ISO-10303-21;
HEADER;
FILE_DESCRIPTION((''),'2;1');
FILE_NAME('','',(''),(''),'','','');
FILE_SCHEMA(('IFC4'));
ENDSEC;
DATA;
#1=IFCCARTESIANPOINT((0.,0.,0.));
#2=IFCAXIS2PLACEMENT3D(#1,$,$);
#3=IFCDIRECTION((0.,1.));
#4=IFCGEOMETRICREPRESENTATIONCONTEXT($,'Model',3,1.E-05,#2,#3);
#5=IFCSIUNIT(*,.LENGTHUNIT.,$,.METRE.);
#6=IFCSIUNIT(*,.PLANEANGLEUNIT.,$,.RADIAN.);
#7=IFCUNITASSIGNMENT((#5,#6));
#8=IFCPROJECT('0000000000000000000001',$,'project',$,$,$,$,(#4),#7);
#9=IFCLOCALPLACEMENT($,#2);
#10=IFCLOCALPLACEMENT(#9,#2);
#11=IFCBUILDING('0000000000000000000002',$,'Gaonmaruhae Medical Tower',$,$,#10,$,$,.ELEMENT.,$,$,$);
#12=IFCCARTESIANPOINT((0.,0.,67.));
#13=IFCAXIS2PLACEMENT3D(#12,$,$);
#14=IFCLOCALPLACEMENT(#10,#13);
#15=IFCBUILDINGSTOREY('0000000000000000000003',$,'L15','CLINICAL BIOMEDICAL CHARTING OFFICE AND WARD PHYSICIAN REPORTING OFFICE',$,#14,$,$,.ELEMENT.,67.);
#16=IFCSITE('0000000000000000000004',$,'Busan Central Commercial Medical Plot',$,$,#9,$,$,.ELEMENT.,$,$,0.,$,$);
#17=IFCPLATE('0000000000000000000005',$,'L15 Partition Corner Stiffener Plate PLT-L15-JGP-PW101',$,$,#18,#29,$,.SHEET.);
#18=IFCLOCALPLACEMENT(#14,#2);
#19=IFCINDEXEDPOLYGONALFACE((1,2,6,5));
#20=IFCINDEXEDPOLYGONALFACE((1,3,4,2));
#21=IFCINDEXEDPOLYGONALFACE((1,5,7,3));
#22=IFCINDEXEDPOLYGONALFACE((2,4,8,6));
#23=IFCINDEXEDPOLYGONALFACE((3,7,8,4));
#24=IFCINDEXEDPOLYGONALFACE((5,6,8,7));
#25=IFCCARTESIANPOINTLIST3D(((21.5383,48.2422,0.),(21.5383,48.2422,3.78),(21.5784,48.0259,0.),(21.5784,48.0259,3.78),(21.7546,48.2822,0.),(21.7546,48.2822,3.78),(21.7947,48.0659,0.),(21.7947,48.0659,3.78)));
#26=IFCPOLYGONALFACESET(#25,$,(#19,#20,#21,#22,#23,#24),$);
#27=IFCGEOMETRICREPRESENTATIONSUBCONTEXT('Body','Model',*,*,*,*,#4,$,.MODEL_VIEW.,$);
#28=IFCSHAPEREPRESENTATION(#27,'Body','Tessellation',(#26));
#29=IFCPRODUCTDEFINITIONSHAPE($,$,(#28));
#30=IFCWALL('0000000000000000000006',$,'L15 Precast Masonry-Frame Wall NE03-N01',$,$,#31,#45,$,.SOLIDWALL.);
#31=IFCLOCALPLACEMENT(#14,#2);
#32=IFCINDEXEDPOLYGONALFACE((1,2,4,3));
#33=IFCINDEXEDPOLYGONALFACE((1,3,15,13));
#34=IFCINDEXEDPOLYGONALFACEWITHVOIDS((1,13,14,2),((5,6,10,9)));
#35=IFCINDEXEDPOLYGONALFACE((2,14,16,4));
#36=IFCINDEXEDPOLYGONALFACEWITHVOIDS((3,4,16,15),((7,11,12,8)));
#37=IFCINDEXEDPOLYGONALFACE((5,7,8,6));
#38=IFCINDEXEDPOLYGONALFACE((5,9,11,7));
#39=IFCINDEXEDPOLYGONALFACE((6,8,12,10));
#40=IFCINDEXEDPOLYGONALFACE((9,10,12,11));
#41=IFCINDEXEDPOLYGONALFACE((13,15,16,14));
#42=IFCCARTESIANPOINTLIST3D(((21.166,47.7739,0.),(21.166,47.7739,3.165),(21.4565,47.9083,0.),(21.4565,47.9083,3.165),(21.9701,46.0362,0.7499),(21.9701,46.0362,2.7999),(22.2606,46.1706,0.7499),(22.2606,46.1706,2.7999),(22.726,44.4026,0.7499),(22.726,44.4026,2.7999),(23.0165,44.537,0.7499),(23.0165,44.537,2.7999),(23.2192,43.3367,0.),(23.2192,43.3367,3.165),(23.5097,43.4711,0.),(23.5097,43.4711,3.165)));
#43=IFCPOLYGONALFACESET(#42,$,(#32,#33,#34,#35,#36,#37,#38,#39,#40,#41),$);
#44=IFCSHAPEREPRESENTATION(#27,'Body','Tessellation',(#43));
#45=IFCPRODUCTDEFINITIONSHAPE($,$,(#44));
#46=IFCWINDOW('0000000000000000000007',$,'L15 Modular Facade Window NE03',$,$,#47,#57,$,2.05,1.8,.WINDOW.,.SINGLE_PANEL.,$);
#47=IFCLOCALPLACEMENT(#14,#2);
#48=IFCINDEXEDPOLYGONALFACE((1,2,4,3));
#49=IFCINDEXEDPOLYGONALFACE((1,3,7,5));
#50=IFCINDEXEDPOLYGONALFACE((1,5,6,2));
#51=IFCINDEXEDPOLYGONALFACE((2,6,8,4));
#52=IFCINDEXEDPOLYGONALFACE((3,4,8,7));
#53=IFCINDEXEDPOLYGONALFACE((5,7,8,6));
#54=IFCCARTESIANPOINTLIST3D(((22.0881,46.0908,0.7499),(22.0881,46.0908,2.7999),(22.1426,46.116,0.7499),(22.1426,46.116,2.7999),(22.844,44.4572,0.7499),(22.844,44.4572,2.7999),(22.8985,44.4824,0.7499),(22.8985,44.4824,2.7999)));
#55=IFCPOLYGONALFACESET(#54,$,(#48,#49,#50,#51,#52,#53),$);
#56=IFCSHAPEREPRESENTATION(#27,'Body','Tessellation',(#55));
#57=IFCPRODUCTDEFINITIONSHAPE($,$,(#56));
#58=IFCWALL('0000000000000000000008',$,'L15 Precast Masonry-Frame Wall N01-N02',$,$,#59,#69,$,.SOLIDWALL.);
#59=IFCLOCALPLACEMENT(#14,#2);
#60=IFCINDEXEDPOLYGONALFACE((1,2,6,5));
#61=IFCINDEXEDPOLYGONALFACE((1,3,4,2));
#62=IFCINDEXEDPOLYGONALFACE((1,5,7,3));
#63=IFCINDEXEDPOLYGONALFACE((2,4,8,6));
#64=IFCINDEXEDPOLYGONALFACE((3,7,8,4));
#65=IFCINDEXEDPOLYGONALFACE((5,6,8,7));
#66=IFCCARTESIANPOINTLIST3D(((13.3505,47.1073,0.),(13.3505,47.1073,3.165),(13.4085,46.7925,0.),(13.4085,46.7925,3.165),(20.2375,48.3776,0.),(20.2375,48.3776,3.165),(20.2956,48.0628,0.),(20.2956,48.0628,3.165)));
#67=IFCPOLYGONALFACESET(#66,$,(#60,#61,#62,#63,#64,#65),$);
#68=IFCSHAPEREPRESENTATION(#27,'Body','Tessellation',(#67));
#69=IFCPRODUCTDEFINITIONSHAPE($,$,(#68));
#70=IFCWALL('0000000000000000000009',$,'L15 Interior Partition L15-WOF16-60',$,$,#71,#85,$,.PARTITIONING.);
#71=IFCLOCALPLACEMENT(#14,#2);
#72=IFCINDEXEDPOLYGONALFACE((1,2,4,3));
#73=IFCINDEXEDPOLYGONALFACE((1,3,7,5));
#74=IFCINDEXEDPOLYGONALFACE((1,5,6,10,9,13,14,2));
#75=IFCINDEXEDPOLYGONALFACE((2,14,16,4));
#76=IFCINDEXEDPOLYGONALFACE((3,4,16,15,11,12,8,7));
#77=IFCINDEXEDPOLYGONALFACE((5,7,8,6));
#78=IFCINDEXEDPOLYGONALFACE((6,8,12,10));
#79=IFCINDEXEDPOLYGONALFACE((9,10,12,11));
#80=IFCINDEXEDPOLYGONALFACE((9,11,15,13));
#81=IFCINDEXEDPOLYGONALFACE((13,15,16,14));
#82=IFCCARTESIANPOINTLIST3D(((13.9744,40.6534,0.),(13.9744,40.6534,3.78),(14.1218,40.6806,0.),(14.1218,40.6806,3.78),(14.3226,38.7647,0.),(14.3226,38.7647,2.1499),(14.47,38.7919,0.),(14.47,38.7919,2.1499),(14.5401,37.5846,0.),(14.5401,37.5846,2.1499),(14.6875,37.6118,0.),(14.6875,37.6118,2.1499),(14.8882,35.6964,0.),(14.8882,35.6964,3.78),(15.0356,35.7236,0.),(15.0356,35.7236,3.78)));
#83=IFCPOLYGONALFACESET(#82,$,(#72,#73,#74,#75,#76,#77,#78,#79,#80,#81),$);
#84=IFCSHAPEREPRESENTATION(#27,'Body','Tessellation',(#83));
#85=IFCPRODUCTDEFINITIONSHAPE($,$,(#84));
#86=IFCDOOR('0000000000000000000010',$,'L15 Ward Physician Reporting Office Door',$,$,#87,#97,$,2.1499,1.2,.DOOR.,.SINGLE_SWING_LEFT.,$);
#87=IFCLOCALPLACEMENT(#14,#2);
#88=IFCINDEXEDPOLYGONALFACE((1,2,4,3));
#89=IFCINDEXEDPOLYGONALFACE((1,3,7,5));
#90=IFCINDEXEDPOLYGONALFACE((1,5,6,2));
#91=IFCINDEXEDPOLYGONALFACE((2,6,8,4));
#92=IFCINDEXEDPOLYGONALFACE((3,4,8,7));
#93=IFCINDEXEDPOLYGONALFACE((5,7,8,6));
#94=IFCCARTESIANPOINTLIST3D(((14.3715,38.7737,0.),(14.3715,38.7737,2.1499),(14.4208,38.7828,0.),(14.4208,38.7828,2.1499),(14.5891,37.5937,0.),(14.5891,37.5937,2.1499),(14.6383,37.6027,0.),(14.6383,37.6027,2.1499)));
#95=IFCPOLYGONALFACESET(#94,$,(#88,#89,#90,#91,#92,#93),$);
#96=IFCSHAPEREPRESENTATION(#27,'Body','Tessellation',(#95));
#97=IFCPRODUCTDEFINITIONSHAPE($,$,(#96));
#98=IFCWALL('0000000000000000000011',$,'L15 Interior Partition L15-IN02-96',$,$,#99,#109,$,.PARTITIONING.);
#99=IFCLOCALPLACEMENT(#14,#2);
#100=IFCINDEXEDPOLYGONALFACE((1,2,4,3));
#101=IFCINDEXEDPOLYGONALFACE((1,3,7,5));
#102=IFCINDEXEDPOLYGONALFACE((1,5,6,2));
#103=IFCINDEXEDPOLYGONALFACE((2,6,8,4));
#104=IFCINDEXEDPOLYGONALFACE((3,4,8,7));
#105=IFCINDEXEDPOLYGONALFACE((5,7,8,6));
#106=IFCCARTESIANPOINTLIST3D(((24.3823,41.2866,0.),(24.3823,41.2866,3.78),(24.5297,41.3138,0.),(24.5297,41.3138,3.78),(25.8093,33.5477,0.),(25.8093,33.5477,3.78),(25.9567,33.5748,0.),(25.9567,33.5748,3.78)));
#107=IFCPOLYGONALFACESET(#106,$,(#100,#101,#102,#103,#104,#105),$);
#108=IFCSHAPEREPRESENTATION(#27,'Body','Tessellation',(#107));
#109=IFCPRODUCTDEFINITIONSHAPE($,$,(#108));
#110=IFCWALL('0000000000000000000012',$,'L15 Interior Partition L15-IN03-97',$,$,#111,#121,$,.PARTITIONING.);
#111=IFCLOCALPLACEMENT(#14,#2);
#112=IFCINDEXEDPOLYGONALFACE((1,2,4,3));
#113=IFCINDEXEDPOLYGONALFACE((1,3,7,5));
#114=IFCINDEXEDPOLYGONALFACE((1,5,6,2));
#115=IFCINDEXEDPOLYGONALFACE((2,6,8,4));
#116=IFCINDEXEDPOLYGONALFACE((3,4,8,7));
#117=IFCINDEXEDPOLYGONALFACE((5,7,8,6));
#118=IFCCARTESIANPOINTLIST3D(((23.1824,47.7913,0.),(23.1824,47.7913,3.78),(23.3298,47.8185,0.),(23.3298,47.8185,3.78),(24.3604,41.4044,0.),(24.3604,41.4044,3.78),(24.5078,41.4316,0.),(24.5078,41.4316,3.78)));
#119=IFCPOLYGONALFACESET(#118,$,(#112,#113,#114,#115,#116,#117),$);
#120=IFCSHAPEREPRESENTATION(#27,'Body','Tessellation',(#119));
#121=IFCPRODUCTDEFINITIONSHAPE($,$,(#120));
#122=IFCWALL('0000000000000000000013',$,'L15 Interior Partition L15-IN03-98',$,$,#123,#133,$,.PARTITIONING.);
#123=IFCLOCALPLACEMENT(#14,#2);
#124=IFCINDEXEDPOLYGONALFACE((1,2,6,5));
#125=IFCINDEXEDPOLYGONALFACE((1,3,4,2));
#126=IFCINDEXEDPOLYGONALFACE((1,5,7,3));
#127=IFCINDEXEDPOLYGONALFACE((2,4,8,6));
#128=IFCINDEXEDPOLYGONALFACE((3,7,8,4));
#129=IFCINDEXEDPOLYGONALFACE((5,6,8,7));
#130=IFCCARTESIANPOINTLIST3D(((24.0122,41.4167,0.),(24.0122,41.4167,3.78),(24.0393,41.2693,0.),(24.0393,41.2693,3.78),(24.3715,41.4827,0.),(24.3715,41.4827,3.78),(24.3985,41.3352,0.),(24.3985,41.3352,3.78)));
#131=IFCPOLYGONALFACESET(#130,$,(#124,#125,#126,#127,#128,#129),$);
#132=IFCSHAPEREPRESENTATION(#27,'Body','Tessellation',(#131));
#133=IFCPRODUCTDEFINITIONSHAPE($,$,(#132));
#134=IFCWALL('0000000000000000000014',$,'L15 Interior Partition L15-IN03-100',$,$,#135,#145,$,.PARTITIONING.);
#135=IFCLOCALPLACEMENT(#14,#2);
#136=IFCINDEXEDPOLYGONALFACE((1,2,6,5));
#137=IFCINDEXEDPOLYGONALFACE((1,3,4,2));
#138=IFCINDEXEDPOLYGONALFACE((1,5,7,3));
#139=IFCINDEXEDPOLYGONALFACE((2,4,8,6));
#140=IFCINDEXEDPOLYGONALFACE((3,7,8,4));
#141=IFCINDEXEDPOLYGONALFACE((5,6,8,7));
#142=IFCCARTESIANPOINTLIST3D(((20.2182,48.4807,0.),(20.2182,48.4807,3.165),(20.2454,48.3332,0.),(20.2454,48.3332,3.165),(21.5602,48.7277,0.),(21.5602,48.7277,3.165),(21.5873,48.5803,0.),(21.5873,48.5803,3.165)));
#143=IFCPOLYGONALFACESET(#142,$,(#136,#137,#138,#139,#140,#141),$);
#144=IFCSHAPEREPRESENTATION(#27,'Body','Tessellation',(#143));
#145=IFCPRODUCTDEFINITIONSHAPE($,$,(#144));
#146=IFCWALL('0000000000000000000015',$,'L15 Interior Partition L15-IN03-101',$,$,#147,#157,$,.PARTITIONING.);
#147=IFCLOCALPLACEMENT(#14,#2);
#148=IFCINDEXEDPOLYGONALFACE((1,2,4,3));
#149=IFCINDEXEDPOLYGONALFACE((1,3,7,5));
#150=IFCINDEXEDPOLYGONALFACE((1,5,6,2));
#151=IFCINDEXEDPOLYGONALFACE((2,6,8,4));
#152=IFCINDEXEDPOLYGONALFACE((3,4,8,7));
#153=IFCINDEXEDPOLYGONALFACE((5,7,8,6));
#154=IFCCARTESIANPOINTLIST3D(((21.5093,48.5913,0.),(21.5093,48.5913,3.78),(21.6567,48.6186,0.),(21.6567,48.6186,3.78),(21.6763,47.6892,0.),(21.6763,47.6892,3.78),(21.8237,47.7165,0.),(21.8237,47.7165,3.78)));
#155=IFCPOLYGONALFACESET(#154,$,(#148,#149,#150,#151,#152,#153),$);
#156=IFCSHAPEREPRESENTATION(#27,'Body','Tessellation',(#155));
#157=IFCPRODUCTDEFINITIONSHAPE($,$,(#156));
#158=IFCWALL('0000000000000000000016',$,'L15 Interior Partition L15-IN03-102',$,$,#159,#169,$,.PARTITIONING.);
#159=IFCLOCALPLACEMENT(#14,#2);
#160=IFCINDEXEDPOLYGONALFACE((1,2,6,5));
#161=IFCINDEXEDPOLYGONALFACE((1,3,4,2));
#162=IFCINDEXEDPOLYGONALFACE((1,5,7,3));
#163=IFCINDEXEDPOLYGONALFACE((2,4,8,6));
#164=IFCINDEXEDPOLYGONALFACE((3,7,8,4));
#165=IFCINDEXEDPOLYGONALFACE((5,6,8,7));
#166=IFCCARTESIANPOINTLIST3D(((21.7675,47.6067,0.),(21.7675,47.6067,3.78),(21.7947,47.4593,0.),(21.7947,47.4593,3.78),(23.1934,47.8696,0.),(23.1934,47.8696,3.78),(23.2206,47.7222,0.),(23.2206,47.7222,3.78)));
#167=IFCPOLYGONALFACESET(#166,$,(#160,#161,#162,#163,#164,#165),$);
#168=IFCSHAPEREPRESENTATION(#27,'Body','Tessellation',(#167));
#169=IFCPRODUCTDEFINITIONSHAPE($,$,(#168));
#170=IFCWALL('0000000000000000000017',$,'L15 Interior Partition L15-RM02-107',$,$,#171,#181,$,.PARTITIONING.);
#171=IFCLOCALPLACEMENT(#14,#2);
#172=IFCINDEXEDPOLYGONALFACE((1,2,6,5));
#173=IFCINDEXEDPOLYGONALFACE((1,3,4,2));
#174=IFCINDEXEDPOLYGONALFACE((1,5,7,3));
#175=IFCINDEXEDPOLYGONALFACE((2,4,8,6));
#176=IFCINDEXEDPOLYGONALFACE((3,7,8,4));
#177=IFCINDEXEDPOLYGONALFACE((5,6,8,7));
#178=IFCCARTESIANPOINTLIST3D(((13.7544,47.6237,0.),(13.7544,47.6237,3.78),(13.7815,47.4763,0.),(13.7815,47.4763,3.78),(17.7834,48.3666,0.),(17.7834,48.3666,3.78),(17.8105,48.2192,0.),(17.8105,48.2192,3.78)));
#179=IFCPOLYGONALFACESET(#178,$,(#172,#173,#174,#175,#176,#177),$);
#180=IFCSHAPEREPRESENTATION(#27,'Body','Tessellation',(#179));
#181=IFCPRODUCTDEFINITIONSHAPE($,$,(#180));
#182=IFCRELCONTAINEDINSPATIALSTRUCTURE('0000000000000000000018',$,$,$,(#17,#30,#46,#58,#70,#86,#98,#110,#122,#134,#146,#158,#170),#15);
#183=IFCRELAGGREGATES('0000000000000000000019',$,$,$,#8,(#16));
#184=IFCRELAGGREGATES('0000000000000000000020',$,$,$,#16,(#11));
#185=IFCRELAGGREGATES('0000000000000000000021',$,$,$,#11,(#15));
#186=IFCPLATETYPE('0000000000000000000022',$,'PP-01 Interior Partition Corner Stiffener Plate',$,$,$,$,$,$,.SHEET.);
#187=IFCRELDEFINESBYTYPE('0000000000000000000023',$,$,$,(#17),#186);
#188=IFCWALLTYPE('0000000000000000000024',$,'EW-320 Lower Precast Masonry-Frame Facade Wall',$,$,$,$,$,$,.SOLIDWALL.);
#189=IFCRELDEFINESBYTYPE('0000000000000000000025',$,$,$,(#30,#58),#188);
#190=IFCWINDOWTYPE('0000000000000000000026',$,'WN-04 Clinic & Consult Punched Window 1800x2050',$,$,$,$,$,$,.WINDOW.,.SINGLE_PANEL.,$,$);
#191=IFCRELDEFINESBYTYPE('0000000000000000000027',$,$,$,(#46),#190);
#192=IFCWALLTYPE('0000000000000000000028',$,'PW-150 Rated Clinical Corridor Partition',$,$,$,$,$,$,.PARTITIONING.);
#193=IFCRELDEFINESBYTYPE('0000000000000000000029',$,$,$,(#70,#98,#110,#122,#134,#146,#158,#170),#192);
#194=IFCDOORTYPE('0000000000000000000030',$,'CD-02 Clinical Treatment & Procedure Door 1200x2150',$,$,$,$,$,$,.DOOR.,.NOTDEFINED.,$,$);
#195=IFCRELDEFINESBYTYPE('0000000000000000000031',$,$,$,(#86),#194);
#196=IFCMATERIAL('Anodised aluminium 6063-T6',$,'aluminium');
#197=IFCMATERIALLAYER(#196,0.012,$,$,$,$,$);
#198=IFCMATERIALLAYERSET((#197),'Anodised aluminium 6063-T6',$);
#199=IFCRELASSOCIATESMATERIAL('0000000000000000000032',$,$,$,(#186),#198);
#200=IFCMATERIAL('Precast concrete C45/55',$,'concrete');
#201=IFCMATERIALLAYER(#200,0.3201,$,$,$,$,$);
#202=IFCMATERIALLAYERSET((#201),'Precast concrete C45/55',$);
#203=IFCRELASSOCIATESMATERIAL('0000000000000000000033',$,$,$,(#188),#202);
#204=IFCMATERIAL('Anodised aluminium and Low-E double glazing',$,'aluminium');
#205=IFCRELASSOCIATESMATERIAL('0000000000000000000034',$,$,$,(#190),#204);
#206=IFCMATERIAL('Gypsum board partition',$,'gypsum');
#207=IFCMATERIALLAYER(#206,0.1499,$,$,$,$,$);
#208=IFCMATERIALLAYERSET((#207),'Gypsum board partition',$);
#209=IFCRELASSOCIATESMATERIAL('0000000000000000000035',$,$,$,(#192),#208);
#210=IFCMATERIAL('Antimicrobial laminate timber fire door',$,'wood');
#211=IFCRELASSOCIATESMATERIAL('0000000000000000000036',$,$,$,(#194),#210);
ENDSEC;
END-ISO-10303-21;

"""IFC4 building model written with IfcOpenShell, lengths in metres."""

from ifc_helpers import new_model, si_unit, direction, frame, frame_2d, origin, origin_2d, place, context, subcontext, project, spatial, rectangle, extrude, material, layer, layer_set, type_object, element, fill, save


model = new_model("IFC4")

# Units and contexts
model_context = context("Model", 3, precision=1e-05, world=origin(), true_north=direction((0.0, 1.0)))
body_context = subcontext(model_context, "Body", "Model", "MODEL_VIEW")
ifc_project = project(units=[si_unit("LENGTHUNIT", "METRE"), si_unit("PLANEANGLEUNIT", "RADIAN")], contexts=[model_context])

# Site, building, storey
site_placement = place(None, origin())
site = spatial("IfcSite", under=ifc_project, at=site_placement, Name="Busan Central Commercial Medical Plot", CompositionType="ELEMENT", RefElevation=0.0)
building_placement = place(site_placement, origin())
building = spatial("IfcBuilding", under=site, at=building_placement, Name="Gaonmaruhae Medical Tower", CompositionType="ELEMENT")
storey_placement = place(building_placement, frame((0.0, 0.0, 67.0)))
storey = spatial("IfcBuildingStorey", under=building, at=storey_placement, Name="L15", Description="CLINICAL BIOMEDICAL CHARTING OFFICE AND WARD PHYSICIAN REPORTING OFFICE", CompositionType="ELEMENT", Elevation=67.0)

# Plate
ifc_material_1 = material(Name="Anodised aluminium 6063-T6", Category="aluminium")
ifc_layer_1 = layer(ifc_material_1, 0.012)
ifc_layer_set_1 = layer_set([ifc_layer_1], Name="Anodised aluminium 6063-T6")
plate_type_1 = type_object("IfcPlateType", Name="PP-01 Interior Partition Corner Stiffener Plate", PredefinedType="SHEET", material=ifc_layer_set_1)
for number, where, z_axis, x_axis, name in (
    (1, (21.6665, 48.1541, 0.0), (0.0, 0.0, 1.0), (0.182047, -0.98329, 0.0), "L15 Partition Corner Stiffener Plate PLT-L15-JGP-PW101"),
):
    element("IfcPlate", number, at=place(storey_placement, frame(where, z_axis=z_axis, x_axis=x_axis)), inside=storey, type_object=plate_type_1, Name=name, PredefinedType="SHEET", context=body_context, shape_type="SweptSolid", body=[
        extrude(rectangle(XDim=0.22, YDim=0.22, at=origin_2d()), origin(), (0.0, 0.0, 1.0), 3.78),
    ])

# Wall, opening, window
ifc_material_2 = material(Name="Precast concrete C45/55", Category="concrete")
ifc_layer_2 = layer(ifc_material_2, 0.3201)
ifc_layer_set_2 = layer_set([ifc_layer_2], Name="Precast concrete C45/55")
wall_type_1 = type_object("IfcWallType", Name="EW-320 Lower Precast Masonry-Frame Facade Wall", PredefinedType="SOLIDWALL", material=ifc_layer_set_2)
wall_1_placement = place(storey_placement, frame((21.3113, 47.8411, 0.0), z_axis=(0.0, 0.0, 1.0), x_axis=(0.419945, -0.90755, 0.0)))
wall_1 = element("IfcWall", 2, at=wall_1_placement, inside=storey, type_object=wall_type_1, Name="L15 Precast Masonry-Frame Wall NE03-N01", PredefinedType="SOLIDWALL", context=body_context, shape_type="SweptSolid", body=[
    extrude(rectangle(XDim=4.8892, YDim=0.3201, at=frame_2d((2.4446, 0.0))), origin(), (0.0, 0.0, 1.0), 3.165),
])
opening_1_placement = place(wall_1_placement, frame((1.9148, 0.0, 0.75)))
opening_1 = element("IfcOpeningElement", 3, at=opening_1_placement, cuts=wall_1, PredefinedType="OPENING", context=body_context, shape_type="SweptSolid", body=[
    extrude(rectangle(XDim=1.8, YDim=2.05, at=frame_2d((0.8999, 1.0249))), frame((0.0, 0.1699, 0.0), z_axis=(0.0, -1.0, 0.0), x_axis=(1.0, 0.0, 0.0)), (0.0, 0.0, 1.0), 0.3401),
])
ifc_material_3 = material(Name="Anodised aluminium and Low-E double glazing", Category="aluminium")
window_type = type_object("IfcWindowType", Name="WN-04 Clinic & Consult Punched Window 1800x2050", PartitioningType="SINGLE_PANEL", PredefinedType="WINDOW", material=ifc_material_3)
window_placement = place(opening_1_placement, origin())
window = element("IfcWindow", 4, at=window_placement, inside=storey, type_object=window_type, Name="L15 Modular Facade Window NE03", OverallHeight=2.05, OverallWidth=1.8, PartitioningType="SINGLE_PANEL", PredefinedType="WINDOW", context=body_context, shape_type="SweptSolid", body=[
    extrude(rectangle(XDim=1.8, YDim=2.05, at=frame_2d((0.8999, 1.0249))), frame((0.0, 0.03, 0.0), z_axis=(0.0, -1.0, 0.0), x_axis=(1.0, 0.0, 0.0)), (0.0, 0.0, 1.0), 0.0601),
])
fill(opening_1, window)

# Wall
wall_2_placement = place(storey_placement, frame((13.3796, 46.95, 0.0), z_axis=(0.0, 0.0, 1.0), x_axis=(0.983412, 0.181385, 0.0)))
element("IfcWall", 5, at=wall_2_placement, inside=storey, type_object=wall_type_1, Name="L15 Precast Masonry-Frame Wall N01-N02", PredefinedType="SOLIDWALL", context=body_context, shape_type="SweptSolid", body=[
    extrude(rectangle(XDim=7.0032, YDim=0.3201, at=frame_2d((3.5015, 0.0))), origin(), (0.0, 0.0, 1.0), 3.165),
])

# Wall, opening, door
ifc_material_4 = material(Name="Gypsum board partition", Category="gypsum")
ifc_layer_3 = layer(ifc_material_4, 0.1499)
ifc_layer_set_3 = layer_set([ifc_layer_3], Name="Gypsum board partition")
wall_type_2 = type_object("IfcWallType", Name="PW-150 Rated Clinical Corridor Partition", PredefinedType="PARTITIONING", material=ifc_layer_set_3)
wall_3_placement = place(storey_placement, frame((14.0481, 40.667, 0.0), z_axis=(0.0, 0.0, 1.0), x_axis=(0.181293, -0.983429, 0.0)))
wall_3 = element("IfcWall", 6, at=wall_3_placement, inside=storey, type_object=wall_type_2, Name="L15 Interior Partition L15-WOF16-60", PredefinedType="PARTITIONING", context=body_context, shape_type="SweptSolid", body=[
    extrude(rectangle(XDim=5.0405, YDim=0.1499, at=frame_2d((2.5203, 0.0))), origin(), (0.0, 0.0, 1.0), 3.78),
])
opening_2_placement = place(wall_3_placement, frame((1.9204, 0.0, 0.0)))
opening_2 = element("IfcOpeningElement", 7, at=opening_2_placement, cuts=wall_3, PredefinedType="OPENING", context=body_context, shape_type="SweptSolid", body=[
    extrude(rectangle(XDim=1.2, YDim=2.1499, at=frame_2d((0.6001, 1.075))), frame((0.0, 0.085, 0.0), z_axis=(0.0, -1.0, 0.0), x_axis=(1.0, 0.0, 0.0)), (0.0, 0.0, 1.0), 0.1699),
])
ifc_material_5 = material(Name="Antimicrobial laminate timber fire door", Category="wood")
door_type_1 = type_object("IfcDoorType", Name="CD-02 Clinical Treatment & Procedure Door 1200x2150", OperationType="NOTDEFINED", PredefinedType="DOOR", material=ifc_material_5)
door_1_placement = place(opening_2_placement, origin())
door_1 = element("IfcDoor", 8, at=door_1_placement, inside=storey, type_object=door_type_1, Name="L15 Ward Physician Reporting Office Door", OperationType="SINGLE_SWING_LEFT", OverallHeight=2.1499, OverallWidth=1.2, PredefinedType="DOOR", context=body_context, shape_type="SweptSolid", body=[
    extrude(rectangle(XDim=1.2, YDim=2.1499, at=frame_2d((0.6001, 1.075))), frame((0.0, 0.0249, 0.0), z_axis=(0.0, -1.0, 0.0), x_axis=(1.0, 0.0, 0.0)), (0.0, 0.0, 1.0), 0.05),
])
fill(opening_2, door_1)

# Walls
wall_4_placement = place(storey_placement, frame((24.4561, 41.3, 0.0), z_axis=(0.0, 0.0, 1.0), x_axis=(0.181334, -0.983422, 0.0)))
element("IfcWall", 9, at=wall_4_placement, inside=storey, type_object=wall_type_2, Name="L15 Interior Partition L15-IN02-96", PredefinedType="PARTITIONING", context=body_context, shape_type="SweptSolid", body=[
    extrude(rectangle(XDim=7.8694, YDim=0.1499, at=frame_2d((3.9346, 0.0))), origin(), (0.0, 0.0, 1.0), 3.78),
])
wall_5_placement = place(storey_placement, frame((23.2561, 47.8049, 0.0), z_axis=(0.0, 0.0, 1.0), x_axis=(0.181376, -0.983414, 0.0)))
element("IfcWall", 10, at=wall_5_placement, inside=storey, type_object=wall_type_2, Name="L15 Interior Partition L15-IN03-97", PredefinedType="PARTITIONING", context=body_context, shape_type="SweptSolid", body=[
    extrude(rectangle(XDim=6.4946, YDim=0.1499, at=frame_2d((3.2473, 0.0))), origin(), (0.0, 0.0, 1.0), 3.78),
])
wall_6_placement = place(storey_placement, frame((24.385, 41.4089, 0.0), z_axis=(0.0, 0.0, 1.0), x_axis=(-0.983569, -0.180533, 0.0)))
element("IfcWall", 11, at=wall_6_placement, inside=storey, type_object=wall_type_2, Name="L15 Interior Partition L15-IN03-98", PredefinedType="PARTITIONING", context=body_context, shape_type="SweptSolid", body=[
    extrude(rectangle(XDim=0.3652, YDim=0.1499, at=frame_2d((0.1826, 0.0))), origin(), (0.0, 0.0, 1.0), 3.78),
])
wall_7_placement = place(storey_placement, frame((20.2319, 48.407, 0.0), z_axis=(0.0, 0.0, 1.0), x_axis=(0.983472, 0.181058, 0.0)))
element("IfcWall", 12, at=wall_7_placement, inside=storey, type_object=wall_type_2, Name="L15 Interior Partition L15-IN03-100", PredefinedType="PARTITIONING", context=body_context, shape_type="SweptSolid", body=[
    extrude(rectangle(XDim=1.3645, YDim=0.1499, at=frame_2d((0.6821, 0.0))), origin(), (0.0, 0.0, 1.0), 3.165),
])
wall_8_placement = place(storey_placement, frame((21.583, 48.605, 0.0), z_axis=(0.0, 0.0, 1.0), x_axis=(0.182023, -0.983294, 0.0)))
element("IfcWall", 13, at=wall_8_placement, inside=storey, type_object=wall_type_2, Name="L15 Interior Partition L15-IN03-101", PredefinedType="PARTITIONING", context=body_context, shape_type="SweptSolid", body=[
    extrude(rectangle(XDim=0.9175, YDim=0.1499, at=frame_2d((0.4587, 0.0))), origin(), (0.0, 0.0, 1.0), 3.78),
])
wall_9_placement = place(storey_placement, frame((21.781, 47.533, 0.0), z_axis=(0.0, 0.0, 1.0), x_axis=(0.983422, 0.18133, 0.0)))
element("IfcWall", 14, at=wall_9_placement, inside=storey, type_object=wall_type_2, Name="L15 Interior Partition L15-IN03-102", PredefinedType="PARTITIONING", context=body_context, shape_type="SweptSolid", body=[
    extrude(rectangle(XDim=1.45, YDim=0.1499, at=frame_2d((0.7251, 0.0))), origin(), (0.0, 0.0, 1.0), 3.78),
])

# Wall
wall_10_placement = place(storey_placement, frame((13.7681, 47.55, 0.0), z_axis=(0.0, 0.0, 1.0), x_axis=(0.983422, 0.181334, 0.0)))
element("IfcWall", 15, at=wall_10_placement, inside=storey, type_object=wall_type_2, Name="L15 Interior Partition L15-RM02-107", PredefinedType="PARTITIONING", context=body_context, shape_type="SweptSolid", body=[
    extrude(rectangle(XDim=4.0969, YDim=0.1499, at=frame_2d((2.0483, 0.0))), origin(), (0.0, 0.0, 1.0), 3.78),
])

save(model, "model.ifc")
